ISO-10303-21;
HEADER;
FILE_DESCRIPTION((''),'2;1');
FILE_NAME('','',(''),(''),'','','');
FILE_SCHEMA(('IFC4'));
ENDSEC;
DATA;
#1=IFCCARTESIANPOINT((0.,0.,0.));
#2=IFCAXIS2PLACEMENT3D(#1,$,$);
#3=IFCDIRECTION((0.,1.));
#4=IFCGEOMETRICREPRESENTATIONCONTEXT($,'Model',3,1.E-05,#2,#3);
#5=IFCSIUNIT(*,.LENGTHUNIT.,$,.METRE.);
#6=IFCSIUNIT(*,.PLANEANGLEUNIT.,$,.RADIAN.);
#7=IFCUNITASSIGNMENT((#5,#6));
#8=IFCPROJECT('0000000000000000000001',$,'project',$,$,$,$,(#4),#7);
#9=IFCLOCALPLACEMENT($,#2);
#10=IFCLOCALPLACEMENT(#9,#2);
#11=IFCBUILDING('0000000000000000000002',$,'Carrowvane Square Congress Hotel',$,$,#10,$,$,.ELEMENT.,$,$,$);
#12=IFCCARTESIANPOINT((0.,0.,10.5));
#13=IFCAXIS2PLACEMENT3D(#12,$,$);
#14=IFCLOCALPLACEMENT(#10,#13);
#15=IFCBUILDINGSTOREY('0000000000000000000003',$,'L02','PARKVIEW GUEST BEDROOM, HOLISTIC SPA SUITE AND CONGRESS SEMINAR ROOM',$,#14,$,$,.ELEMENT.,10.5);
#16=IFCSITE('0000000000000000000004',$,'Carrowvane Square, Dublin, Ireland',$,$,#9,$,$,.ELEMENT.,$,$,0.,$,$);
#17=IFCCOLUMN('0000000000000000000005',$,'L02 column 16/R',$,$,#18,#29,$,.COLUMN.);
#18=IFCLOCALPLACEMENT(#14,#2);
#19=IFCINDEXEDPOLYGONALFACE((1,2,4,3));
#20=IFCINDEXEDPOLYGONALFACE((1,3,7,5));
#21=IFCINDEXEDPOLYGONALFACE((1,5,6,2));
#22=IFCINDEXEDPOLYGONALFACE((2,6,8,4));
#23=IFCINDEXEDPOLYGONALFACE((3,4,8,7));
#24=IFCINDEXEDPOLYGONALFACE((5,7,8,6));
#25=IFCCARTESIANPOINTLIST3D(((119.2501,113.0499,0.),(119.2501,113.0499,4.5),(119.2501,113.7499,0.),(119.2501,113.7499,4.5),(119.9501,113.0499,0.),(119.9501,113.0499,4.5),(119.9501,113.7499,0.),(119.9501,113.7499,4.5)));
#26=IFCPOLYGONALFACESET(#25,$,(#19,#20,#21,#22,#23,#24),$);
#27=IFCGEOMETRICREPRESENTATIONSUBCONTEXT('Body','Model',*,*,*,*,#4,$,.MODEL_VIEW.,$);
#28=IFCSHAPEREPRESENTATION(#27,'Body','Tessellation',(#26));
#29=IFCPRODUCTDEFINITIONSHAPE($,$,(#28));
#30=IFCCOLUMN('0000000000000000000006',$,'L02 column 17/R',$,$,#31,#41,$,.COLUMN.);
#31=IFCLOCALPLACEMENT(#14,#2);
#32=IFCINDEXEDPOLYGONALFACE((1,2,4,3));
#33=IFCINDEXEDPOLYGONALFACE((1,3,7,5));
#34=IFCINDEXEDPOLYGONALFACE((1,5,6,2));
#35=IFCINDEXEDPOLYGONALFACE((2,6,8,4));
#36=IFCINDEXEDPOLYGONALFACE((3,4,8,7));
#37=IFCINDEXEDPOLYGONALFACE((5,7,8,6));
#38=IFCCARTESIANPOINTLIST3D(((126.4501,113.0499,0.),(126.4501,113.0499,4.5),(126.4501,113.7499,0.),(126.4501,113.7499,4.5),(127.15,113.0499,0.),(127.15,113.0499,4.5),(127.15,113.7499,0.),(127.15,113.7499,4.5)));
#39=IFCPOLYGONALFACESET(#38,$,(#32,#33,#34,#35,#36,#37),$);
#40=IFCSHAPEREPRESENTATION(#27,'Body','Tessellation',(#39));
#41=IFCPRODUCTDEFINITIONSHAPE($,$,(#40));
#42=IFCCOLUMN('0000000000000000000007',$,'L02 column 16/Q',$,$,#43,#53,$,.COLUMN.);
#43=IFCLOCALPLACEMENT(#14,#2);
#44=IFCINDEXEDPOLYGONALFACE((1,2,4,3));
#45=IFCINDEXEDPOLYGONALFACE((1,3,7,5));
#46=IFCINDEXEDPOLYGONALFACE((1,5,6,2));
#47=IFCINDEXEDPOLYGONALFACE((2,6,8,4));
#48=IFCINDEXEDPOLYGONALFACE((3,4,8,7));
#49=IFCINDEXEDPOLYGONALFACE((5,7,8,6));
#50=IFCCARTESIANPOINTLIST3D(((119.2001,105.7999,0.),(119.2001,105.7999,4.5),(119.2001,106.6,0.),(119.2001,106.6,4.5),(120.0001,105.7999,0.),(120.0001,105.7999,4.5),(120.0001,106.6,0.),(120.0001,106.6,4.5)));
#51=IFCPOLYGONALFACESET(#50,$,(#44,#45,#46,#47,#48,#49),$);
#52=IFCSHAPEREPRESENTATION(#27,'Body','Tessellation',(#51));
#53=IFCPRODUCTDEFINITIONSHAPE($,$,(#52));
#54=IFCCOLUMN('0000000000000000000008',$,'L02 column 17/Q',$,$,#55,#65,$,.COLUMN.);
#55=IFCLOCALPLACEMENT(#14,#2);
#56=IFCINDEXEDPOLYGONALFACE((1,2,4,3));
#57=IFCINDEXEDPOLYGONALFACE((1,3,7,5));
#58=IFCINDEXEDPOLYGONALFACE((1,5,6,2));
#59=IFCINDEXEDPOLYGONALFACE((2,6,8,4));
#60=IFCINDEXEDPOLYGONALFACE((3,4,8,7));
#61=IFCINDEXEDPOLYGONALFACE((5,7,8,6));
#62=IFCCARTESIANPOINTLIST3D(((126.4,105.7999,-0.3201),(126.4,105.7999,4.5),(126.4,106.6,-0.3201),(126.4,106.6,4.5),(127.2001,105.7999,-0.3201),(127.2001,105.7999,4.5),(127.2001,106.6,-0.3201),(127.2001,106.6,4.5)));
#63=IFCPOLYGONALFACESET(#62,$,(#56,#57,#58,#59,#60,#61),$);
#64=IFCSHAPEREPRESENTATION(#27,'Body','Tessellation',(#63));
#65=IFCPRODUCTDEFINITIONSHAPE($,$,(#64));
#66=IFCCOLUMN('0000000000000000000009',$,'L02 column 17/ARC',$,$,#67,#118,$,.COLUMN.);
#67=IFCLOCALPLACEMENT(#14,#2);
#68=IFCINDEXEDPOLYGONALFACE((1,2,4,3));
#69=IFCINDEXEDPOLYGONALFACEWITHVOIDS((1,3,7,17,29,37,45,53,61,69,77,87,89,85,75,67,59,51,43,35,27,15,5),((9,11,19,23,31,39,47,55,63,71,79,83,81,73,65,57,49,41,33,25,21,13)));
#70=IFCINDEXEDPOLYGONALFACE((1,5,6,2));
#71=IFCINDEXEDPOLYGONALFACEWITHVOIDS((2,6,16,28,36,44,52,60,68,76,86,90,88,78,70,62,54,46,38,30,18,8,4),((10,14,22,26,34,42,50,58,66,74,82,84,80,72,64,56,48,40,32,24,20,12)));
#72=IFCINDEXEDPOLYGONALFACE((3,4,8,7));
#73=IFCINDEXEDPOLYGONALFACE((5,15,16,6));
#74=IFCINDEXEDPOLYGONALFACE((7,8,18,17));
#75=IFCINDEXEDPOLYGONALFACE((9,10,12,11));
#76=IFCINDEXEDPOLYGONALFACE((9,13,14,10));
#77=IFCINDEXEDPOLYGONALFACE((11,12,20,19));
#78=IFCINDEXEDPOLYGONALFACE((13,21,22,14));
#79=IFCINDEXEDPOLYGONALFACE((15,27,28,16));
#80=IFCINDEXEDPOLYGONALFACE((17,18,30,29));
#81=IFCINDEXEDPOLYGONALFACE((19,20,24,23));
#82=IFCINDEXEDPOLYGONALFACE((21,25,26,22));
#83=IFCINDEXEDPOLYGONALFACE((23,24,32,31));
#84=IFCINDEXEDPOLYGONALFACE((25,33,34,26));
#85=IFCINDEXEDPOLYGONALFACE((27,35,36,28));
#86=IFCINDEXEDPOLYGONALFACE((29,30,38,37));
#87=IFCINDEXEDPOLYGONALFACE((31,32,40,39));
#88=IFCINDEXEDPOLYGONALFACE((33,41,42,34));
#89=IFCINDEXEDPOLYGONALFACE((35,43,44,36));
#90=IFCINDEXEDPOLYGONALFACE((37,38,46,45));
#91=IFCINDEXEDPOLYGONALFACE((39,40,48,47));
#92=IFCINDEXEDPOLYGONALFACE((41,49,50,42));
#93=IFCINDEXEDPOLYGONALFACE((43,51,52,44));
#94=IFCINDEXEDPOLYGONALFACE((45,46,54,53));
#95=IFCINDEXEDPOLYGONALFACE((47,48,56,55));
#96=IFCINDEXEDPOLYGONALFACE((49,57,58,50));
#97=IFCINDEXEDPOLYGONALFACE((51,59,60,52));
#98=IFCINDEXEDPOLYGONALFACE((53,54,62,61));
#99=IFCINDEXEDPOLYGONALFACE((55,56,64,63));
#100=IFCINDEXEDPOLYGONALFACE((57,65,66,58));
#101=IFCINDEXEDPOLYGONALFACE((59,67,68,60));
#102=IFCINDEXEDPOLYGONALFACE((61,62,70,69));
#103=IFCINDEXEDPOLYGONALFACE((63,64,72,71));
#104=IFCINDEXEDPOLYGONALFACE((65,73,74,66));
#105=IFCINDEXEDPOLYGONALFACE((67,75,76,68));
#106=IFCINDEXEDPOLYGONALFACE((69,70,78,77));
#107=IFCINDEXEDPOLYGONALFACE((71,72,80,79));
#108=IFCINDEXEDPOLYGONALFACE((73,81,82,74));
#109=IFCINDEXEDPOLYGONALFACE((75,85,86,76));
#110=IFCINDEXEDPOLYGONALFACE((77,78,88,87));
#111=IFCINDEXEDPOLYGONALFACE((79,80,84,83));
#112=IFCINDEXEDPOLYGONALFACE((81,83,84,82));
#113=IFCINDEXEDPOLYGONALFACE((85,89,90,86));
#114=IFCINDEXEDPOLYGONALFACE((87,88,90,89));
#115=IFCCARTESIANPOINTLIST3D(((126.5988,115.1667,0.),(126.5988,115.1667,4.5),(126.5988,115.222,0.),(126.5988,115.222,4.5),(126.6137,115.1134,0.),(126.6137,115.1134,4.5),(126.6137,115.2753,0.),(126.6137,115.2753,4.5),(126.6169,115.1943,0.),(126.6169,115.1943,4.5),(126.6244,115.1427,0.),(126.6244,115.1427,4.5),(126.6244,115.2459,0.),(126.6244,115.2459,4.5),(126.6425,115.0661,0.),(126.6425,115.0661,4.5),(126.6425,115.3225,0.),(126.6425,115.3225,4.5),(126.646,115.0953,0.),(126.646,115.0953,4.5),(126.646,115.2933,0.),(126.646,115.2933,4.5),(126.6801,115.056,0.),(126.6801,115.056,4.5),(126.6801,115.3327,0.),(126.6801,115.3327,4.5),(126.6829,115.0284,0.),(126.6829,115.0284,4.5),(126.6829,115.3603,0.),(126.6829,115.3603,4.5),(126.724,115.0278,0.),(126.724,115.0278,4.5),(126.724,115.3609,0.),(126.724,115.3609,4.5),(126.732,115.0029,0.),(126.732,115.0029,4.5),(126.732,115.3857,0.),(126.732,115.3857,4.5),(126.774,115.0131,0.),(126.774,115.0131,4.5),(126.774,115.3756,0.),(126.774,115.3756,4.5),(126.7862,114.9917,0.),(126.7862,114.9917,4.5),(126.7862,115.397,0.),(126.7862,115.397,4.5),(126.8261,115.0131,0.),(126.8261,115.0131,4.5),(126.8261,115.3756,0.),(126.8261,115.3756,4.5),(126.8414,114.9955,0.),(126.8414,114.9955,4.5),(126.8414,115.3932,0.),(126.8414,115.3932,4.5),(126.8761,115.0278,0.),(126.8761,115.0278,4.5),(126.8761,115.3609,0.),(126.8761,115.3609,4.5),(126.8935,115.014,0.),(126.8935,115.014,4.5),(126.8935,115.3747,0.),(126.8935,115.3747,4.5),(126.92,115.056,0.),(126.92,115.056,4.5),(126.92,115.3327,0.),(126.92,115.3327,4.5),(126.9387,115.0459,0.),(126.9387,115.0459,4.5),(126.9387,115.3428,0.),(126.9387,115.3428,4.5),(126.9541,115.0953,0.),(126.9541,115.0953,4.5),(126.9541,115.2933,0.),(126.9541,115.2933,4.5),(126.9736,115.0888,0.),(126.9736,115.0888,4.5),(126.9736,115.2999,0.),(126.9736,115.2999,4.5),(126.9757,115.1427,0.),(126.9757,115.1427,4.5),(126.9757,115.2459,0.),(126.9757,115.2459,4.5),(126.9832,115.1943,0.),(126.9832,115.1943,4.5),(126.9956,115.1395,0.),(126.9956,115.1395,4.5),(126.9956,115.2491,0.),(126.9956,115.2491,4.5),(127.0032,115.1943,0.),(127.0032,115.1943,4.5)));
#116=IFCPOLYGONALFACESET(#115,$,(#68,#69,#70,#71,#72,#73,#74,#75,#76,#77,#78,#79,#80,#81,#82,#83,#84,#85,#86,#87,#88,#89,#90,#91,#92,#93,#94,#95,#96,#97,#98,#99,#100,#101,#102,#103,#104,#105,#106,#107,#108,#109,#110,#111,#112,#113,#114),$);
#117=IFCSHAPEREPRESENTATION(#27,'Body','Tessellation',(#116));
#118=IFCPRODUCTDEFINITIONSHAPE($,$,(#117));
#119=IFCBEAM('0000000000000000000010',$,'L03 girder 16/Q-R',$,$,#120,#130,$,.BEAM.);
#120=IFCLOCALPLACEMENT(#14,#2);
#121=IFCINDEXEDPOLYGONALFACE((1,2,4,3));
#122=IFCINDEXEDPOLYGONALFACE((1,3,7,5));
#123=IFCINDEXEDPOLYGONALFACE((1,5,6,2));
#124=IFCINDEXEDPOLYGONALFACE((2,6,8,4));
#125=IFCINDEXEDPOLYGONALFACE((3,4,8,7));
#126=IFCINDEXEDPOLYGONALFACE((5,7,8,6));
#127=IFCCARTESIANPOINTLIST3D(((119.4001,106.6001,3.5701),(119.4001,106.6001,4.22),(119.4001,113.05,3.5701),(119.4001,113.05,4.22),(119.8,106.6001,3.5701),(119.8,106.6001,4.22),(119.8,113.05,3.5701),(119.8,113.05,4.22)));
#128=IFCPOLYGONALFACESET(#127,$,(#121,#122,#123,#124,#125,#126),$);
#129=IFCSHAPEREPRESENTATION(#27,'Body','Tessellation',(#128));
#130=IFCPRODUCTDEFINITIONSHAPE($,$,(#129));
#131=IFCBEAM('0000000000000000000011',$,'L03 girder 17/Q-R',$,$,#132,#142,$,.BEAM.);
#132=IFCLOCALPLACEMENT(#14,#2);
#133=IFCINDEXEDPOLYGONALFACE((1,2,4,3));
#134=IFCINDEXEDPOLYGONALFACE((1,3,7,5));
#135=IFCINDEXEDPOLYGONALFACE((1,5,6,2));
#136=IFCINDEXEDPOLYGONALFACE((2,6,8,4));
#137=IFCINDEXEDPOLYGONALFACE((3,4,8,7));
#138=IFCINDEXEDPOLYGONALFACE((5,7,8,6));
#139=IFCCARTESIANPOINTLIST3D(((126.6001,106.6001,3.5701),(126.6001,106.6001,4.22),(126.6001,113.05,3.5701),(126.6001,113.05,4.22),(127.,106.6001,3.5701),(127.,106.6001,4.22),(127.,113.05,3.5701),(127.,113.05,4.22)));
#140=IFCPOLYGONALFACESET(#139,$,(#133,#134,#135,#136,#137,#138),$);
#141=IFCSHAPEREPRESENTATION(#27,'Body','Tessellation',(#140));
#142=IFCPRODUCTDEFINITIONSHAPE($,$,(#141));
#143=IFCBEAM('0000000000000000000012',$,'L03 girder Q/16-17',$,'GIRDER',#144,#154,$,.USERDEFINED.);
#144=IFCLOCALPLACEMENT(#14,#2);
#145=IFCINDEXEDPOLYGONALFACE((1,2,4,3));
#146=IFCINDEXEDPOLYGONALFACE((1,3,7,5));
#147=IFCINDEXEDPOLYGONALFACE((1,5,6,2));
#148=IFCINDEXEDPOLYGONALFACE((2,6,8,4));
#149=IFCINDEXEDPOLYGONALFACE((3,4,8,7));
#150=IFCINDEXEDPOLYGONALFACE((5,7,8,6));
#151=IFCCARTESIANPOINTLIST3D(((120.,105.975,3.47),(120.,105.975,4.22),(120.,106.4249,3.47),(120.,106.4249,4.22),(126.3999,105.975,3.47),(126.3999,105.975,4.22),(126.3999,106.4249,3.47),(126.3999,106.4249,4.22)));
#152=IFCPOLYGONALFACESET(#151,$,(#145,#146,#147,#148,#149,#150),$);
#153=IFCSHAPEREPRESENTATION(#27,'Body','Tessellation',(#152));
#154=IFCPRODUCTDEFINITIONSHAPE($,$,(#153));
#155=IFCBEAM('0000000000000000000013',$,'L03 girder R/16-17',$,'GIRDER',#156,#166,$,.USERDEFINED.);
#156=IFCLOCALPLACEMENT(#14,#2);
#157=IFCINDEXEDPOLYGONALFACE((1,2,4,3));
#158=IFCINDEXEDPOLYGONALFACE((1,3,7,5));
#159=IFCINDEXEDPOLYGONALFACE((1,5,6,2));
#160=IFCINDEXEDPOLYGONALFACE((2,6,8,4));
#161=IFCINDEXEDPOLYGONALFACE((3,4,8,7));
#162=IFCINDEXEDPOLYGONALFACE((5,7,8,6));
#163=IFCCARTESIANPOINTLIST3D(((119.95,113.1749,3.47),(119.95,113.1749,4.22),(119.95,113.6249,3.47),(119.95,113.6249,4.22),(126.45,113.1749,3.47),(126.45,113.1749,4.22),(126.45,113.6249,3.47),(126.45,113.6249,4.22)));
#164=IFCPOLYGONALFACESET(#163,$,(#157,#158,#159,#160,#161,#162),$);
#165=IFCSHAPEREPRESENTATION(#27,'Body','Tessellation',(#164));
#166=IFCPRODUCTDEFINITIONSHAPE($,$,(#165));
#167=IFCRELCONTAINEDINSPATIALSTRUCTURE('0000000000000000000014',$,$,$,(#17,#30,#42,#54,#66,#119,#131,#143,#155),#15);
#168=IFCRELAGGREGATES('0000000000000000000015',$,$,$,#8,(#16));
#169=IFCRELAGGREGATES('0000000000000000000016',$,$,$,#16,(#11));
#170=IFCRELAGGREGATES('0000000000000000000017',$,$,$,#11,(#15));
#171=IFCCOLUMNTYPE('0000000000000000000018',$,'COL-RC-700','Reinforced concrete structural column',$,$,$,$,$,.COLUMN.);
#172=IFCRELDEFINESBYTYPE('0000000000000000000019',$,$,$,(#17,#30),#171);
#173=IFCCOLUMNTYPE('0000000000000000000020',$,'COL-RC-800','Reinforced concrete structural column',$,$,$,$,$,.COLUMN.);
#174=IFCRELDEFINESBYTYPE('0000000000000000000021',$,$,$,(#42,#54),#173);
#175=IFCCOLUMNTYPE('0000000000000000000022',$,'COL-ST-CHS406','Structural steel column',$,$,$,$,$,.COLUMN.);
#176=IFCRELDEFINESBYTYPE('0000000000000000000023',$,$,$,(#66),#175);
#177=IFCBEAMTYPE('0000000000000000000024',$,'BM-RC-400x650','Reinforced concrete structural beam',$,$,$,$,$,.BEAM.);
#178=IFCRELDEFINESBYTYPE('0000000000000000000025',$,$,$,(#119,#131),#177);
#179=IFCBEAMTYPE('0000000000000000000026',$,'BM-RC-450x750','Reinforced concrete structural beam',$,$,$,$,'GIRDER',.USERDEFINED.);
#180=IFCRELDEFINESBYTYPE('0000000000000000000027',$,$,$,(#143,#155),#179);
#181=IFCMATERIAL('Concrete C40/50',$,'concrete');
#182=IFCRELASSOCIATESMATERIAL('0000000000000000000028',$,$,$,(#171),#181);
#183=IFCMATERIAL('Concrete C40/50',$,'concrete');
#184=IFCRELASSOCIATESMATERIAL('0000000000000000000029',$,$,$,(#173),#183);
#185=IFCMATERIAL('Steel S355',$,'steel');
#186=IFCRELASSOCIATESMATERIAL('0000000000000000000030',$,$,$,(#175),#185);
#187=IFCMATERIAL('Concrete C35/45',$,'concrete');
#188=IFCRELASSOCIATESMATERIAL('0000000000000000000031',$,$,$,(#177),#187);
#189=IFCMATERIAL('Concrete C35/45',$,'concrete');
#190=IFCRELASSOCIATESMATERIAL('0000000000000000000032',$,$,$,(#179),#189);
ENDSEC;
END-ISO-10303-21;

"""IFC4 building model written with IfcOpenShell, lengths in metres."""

from ifc_helpers import new_model, si_unit, direction, frame, origin, origin_2d, place, context, subcontext, project, spatial, rectangle, hollow_circle, extrude, material, material_profile, profile_set, type_object, element, save


model = new_model("IFC4")

# Units and contexts
model_context = context("Model", 3, precision=1e-05, world=origin(), true_north=direction((0.0, 1.0)))
body_context = subcontext(model_context, "Body", "Model", "MODEL_VIEW")
ifc_project = project(units=[si_unit("LENGTHUNIT", "METRE"), si_unit("PLANEANGLEUNIT", "RADIAN")], contexts=[model_context])

# Site, building, storey
site_placement = place(None, origin())
site = spatial("IfcSite", under=ifc_project, at=site_placement, Name="Carrowvane Square, Dublin, Ireland", CompositionType="ELEMENT", RefElevation=0.0)
building_placement = place(site_placement, origin())
building = spatial("IfcBuilding", under=site, at=building_placement, Name="Carrowvane Square Congress Hotel", CompositionType="ELEMENT")
storey_placement = place(building_placement, frame((0.0, 0.0, 10.5)))
storey = spatial("IfcBuildingStorey", under=building, at=storey_placement, Name="L02", Description="PARKVIEW GUEST BEDROOM, HOLISTIC SPA SUITE AND CONGRESS SEMINAR ROOM", CompositionType="ELEMENT", Elevation=10.5)

# Columns
ifc_material_1 = material(Name="Concrete C40/50", Category="concrete")
ifc_material_profile_1 = material_profile(ifc_material_1, rectangle(XDim=0.7, YDim=0.7, at=origin_2d()), Name="RC 700x700")
ifc_profile_set_1 = profile_set([ifc_material_profile_1], Name="Concrete C40/50")
column_type_1 = type_object("IfcColumnType", Name="COL-RC-700", Description="Reinforced concrete structural column", PredefinedType="COLUMN", material=ifc_profile_set_1)
for number, where, z_axis, x_axis, name in (
    (1, (119.6001, 113.3999, 0.0), (0.0, 0.0, 1.0), (1.0, 0.0, 0.0), "L02 column 16/R"),
    (2, (126.8, 113.3999, 0.0), (0.0, 0.0, 1.0), (1.0, 0.0, 0.0), "L02 column 17/R"),
):
    element("IfcColumn", number, at=place(storey_placement, frame(where, z_axis=z_axis, x_axis=x_axis)), inside=storey, type_object=column_type_1, Name=name, PredefinedType="COLUMN", context=body_context, shape_type="SweptSolid", body=[
        extrude(rectangle(XDim=0.7, YDim=0.7, at=origin_2d()), origin(), (0.0, 0.0, 1.0), 4.5),
    ])
ifc_material_2 = material(Name="Concrete C40/50", Category="concrete")
ifc_material_profile_2 = material_profile(ifc_material_2, rectangle(XDim=0.8, YDim=0.8, at=origin_2d()), Name="RC 800x800")
ifc_profile_set_2 = profile_set([ifc_material_profile_2], Name="Concrete C40/50")
column_type_2 = type_object("IfcColumnType", Name="COL-RC-800", Description="Reinforced concrete structural column", PredefinedType="COLUMN", material=ifc_profile_set_2)
column_1_placement = place(storey_placement, frame((119.6001, 106.2, 0.0), z_axis=(0.0, 0.0, 1.0), x_axis=(1.0, 0.0, 0.0)))
element("IfcColumn", 3, at=column_1_placement, inside=storey, type_object=column_type_2, Name="L02 column 16/Q", PredefinedType="COLUMN", context=body_context, shape_type="SweptSolid", body=[
    extrude(rectangle(XDim=0.8, YDim=0.8, at=origin_2d()), origin(), (0.0, 0.0, 1.0), 4.5),
])
column_2_placement = place(storey_placement, frame((126.8, 106.2, -0.3201), z_axis=(0.0, 0.0, 1.0), x_axis=(1.0, 0.0, 0.0)))
element("IfcColumn", 4, at=column_2_placement, inside=storey, type_object=column_type_2, Name="L02 column 17/Q", PredefinedType="COLUMN", context=body_context, shape_type="SweptSolid", body=[
    extrude(rectangle(XDim=0.8, YDim=0.8, at=origin_2d()), origin(), (0.0, 0.0, 1.0), 4.8201),
])
ifc_material_3 = material(Name="Steel S355", Category="steel")
ifc_material_profile_3 = material_profile(ifc_material_3, hollow_circle(Radius=0.2031, WallThickness=0.02, at=origin_2d()), Name="CHS 406.4x20")
ifc_profile_set_3 = profile_set([ifc_material_profile_3], Name="Steel S355")
column_type_3 = type_object("IfcColumnType", Name="COL-ST-CHS406", Description="Structural steel column", PredefinedType="COLUMN", material=ifc_profile_set_3)
column_3_placement = place(storey_placement, frame((126.8, 115.1943, 0.0), z_axis=(0.0, 0.0, 1.0), x_axis=(1.0, 0.0, 0.0)))
element("IfcColumn", 5, at=column_3_placement, inside=storey, type_object=column_type_3, Name="L02 column 17/ARC", PredefinedType="COLUMN", context=body_context, shape_type="SweptSolid", body=[
    extrude(hollow_circle(Radius=0.2031, WallThickness=0.02, at=origin_2d()), origin(), (0.0, 0.0, 1.0), 4.5),
])

# Beams
ifc_material_4 = material(Name="Concrete C35/45", Category="concrete")
ifc_material_profile_4 = material_profile(ifc_material_4, rectangle(XDim=0.3999, YDim=0.6499, at=origin_2d()), Name="RC 400x650")
ifc_profile_set_4 = profile_set([ifc_material_profile_4], Name="Concrete C35/45")
beam_type_1 = type_object("IfcBeamType", Name="BM-RC-400x650", Description="Reinforced concrete structural beam", PredefinedType="BEAM", material=ifc_profile_set_4)
for number, where, z_axis, x_axis, name in (
    (6, (119.6001, 106.6001, 3.895), (0.0, 1.0, 0.0), (-1.0, 0.0, 0.0), "L03 girder 16/Q-R"),
    (7, (126.8, 106.6001, 3.895), (0.0, 1.0, 0.0), (-1.0, 0.0, 0.0), "L03 girder 17/Q-R"),
):
    element("IfcBeam", number, at=place(storey_placement, frame(where, z_axis=z_axis, x_axis=x_axis)), inside=storey, type_object=beam_type_1, Name=name, PredefinedType="BEAM", context=body_context, shape_type="SweptSolid", body=[
        extrude(rectangle(XDim=0.3999, YDim=0.6499, at=origin_2d()), origin(), (0.0, 0.0, 1.0), 6.45),
    ])
ifc_material_5 = material(Name="Concrete C35/45", Category="concrete")
ifc_material_profile_5 = material_profile(ifc_material_5, rectangle(XDim=0.45, YDim=0.75, at=origin_2d()), Name="RC 450x750")
ifc_profile_set_5 = profile_set([ifc_material_profile_5], Name="Concrete C35/45")
beam_type_2 = type_object("IfcBeamType", Name="BM-RC-450x750", Description="Reinforced concrete structural beam", ElementType="GIRDER", PredefinedType="USERDEFINED", material=ifc_profile_set_5)
beam_1_placement = place(storey_placement, frame((120.0, 106.2, 3.845), z_axis=(1.0, 0.0, 0.0), x_axis=(0.0, 1.0, 0.0)))
element("IfcBeam", 8, at=beam_1_placement, inside=storey, type_object=beam_type_2, Name="L03 girder Q/16-17", ObjectType="GIRDER", PredefinedType="USERDEFINED", context=body_context, shape_type="SweptSolid", body=[
    extrude(rectangle(XDim=0.45, YDim=0.75, at=origin_2d()), origin(), (0.0, 0.0, 1.0), 6.3999),
])
beam_2_placement = place(storey_placement, frame((119.95, 113.3999, 3.845), z_axis=(1.0, 0.0, 0.0), x_axis=(0.0, 1.0, 0.0)))
element("IfcBeam", 9, at=beam_2_placement, inside=storey, type_object=beam_type_2, Name="L03 girder R/16-17", ObjectType="GIRDER", PredefinedType="USERDEFINED", context=body_context, shape_type="SweptSolid", body=[
    extrude(rectangle(XDim=0.45, YDim=0.75, at=origin_2d()), origin(), (0.0, 0.0, 1.0), 6.5),
])

save(model, "model.ifc")
